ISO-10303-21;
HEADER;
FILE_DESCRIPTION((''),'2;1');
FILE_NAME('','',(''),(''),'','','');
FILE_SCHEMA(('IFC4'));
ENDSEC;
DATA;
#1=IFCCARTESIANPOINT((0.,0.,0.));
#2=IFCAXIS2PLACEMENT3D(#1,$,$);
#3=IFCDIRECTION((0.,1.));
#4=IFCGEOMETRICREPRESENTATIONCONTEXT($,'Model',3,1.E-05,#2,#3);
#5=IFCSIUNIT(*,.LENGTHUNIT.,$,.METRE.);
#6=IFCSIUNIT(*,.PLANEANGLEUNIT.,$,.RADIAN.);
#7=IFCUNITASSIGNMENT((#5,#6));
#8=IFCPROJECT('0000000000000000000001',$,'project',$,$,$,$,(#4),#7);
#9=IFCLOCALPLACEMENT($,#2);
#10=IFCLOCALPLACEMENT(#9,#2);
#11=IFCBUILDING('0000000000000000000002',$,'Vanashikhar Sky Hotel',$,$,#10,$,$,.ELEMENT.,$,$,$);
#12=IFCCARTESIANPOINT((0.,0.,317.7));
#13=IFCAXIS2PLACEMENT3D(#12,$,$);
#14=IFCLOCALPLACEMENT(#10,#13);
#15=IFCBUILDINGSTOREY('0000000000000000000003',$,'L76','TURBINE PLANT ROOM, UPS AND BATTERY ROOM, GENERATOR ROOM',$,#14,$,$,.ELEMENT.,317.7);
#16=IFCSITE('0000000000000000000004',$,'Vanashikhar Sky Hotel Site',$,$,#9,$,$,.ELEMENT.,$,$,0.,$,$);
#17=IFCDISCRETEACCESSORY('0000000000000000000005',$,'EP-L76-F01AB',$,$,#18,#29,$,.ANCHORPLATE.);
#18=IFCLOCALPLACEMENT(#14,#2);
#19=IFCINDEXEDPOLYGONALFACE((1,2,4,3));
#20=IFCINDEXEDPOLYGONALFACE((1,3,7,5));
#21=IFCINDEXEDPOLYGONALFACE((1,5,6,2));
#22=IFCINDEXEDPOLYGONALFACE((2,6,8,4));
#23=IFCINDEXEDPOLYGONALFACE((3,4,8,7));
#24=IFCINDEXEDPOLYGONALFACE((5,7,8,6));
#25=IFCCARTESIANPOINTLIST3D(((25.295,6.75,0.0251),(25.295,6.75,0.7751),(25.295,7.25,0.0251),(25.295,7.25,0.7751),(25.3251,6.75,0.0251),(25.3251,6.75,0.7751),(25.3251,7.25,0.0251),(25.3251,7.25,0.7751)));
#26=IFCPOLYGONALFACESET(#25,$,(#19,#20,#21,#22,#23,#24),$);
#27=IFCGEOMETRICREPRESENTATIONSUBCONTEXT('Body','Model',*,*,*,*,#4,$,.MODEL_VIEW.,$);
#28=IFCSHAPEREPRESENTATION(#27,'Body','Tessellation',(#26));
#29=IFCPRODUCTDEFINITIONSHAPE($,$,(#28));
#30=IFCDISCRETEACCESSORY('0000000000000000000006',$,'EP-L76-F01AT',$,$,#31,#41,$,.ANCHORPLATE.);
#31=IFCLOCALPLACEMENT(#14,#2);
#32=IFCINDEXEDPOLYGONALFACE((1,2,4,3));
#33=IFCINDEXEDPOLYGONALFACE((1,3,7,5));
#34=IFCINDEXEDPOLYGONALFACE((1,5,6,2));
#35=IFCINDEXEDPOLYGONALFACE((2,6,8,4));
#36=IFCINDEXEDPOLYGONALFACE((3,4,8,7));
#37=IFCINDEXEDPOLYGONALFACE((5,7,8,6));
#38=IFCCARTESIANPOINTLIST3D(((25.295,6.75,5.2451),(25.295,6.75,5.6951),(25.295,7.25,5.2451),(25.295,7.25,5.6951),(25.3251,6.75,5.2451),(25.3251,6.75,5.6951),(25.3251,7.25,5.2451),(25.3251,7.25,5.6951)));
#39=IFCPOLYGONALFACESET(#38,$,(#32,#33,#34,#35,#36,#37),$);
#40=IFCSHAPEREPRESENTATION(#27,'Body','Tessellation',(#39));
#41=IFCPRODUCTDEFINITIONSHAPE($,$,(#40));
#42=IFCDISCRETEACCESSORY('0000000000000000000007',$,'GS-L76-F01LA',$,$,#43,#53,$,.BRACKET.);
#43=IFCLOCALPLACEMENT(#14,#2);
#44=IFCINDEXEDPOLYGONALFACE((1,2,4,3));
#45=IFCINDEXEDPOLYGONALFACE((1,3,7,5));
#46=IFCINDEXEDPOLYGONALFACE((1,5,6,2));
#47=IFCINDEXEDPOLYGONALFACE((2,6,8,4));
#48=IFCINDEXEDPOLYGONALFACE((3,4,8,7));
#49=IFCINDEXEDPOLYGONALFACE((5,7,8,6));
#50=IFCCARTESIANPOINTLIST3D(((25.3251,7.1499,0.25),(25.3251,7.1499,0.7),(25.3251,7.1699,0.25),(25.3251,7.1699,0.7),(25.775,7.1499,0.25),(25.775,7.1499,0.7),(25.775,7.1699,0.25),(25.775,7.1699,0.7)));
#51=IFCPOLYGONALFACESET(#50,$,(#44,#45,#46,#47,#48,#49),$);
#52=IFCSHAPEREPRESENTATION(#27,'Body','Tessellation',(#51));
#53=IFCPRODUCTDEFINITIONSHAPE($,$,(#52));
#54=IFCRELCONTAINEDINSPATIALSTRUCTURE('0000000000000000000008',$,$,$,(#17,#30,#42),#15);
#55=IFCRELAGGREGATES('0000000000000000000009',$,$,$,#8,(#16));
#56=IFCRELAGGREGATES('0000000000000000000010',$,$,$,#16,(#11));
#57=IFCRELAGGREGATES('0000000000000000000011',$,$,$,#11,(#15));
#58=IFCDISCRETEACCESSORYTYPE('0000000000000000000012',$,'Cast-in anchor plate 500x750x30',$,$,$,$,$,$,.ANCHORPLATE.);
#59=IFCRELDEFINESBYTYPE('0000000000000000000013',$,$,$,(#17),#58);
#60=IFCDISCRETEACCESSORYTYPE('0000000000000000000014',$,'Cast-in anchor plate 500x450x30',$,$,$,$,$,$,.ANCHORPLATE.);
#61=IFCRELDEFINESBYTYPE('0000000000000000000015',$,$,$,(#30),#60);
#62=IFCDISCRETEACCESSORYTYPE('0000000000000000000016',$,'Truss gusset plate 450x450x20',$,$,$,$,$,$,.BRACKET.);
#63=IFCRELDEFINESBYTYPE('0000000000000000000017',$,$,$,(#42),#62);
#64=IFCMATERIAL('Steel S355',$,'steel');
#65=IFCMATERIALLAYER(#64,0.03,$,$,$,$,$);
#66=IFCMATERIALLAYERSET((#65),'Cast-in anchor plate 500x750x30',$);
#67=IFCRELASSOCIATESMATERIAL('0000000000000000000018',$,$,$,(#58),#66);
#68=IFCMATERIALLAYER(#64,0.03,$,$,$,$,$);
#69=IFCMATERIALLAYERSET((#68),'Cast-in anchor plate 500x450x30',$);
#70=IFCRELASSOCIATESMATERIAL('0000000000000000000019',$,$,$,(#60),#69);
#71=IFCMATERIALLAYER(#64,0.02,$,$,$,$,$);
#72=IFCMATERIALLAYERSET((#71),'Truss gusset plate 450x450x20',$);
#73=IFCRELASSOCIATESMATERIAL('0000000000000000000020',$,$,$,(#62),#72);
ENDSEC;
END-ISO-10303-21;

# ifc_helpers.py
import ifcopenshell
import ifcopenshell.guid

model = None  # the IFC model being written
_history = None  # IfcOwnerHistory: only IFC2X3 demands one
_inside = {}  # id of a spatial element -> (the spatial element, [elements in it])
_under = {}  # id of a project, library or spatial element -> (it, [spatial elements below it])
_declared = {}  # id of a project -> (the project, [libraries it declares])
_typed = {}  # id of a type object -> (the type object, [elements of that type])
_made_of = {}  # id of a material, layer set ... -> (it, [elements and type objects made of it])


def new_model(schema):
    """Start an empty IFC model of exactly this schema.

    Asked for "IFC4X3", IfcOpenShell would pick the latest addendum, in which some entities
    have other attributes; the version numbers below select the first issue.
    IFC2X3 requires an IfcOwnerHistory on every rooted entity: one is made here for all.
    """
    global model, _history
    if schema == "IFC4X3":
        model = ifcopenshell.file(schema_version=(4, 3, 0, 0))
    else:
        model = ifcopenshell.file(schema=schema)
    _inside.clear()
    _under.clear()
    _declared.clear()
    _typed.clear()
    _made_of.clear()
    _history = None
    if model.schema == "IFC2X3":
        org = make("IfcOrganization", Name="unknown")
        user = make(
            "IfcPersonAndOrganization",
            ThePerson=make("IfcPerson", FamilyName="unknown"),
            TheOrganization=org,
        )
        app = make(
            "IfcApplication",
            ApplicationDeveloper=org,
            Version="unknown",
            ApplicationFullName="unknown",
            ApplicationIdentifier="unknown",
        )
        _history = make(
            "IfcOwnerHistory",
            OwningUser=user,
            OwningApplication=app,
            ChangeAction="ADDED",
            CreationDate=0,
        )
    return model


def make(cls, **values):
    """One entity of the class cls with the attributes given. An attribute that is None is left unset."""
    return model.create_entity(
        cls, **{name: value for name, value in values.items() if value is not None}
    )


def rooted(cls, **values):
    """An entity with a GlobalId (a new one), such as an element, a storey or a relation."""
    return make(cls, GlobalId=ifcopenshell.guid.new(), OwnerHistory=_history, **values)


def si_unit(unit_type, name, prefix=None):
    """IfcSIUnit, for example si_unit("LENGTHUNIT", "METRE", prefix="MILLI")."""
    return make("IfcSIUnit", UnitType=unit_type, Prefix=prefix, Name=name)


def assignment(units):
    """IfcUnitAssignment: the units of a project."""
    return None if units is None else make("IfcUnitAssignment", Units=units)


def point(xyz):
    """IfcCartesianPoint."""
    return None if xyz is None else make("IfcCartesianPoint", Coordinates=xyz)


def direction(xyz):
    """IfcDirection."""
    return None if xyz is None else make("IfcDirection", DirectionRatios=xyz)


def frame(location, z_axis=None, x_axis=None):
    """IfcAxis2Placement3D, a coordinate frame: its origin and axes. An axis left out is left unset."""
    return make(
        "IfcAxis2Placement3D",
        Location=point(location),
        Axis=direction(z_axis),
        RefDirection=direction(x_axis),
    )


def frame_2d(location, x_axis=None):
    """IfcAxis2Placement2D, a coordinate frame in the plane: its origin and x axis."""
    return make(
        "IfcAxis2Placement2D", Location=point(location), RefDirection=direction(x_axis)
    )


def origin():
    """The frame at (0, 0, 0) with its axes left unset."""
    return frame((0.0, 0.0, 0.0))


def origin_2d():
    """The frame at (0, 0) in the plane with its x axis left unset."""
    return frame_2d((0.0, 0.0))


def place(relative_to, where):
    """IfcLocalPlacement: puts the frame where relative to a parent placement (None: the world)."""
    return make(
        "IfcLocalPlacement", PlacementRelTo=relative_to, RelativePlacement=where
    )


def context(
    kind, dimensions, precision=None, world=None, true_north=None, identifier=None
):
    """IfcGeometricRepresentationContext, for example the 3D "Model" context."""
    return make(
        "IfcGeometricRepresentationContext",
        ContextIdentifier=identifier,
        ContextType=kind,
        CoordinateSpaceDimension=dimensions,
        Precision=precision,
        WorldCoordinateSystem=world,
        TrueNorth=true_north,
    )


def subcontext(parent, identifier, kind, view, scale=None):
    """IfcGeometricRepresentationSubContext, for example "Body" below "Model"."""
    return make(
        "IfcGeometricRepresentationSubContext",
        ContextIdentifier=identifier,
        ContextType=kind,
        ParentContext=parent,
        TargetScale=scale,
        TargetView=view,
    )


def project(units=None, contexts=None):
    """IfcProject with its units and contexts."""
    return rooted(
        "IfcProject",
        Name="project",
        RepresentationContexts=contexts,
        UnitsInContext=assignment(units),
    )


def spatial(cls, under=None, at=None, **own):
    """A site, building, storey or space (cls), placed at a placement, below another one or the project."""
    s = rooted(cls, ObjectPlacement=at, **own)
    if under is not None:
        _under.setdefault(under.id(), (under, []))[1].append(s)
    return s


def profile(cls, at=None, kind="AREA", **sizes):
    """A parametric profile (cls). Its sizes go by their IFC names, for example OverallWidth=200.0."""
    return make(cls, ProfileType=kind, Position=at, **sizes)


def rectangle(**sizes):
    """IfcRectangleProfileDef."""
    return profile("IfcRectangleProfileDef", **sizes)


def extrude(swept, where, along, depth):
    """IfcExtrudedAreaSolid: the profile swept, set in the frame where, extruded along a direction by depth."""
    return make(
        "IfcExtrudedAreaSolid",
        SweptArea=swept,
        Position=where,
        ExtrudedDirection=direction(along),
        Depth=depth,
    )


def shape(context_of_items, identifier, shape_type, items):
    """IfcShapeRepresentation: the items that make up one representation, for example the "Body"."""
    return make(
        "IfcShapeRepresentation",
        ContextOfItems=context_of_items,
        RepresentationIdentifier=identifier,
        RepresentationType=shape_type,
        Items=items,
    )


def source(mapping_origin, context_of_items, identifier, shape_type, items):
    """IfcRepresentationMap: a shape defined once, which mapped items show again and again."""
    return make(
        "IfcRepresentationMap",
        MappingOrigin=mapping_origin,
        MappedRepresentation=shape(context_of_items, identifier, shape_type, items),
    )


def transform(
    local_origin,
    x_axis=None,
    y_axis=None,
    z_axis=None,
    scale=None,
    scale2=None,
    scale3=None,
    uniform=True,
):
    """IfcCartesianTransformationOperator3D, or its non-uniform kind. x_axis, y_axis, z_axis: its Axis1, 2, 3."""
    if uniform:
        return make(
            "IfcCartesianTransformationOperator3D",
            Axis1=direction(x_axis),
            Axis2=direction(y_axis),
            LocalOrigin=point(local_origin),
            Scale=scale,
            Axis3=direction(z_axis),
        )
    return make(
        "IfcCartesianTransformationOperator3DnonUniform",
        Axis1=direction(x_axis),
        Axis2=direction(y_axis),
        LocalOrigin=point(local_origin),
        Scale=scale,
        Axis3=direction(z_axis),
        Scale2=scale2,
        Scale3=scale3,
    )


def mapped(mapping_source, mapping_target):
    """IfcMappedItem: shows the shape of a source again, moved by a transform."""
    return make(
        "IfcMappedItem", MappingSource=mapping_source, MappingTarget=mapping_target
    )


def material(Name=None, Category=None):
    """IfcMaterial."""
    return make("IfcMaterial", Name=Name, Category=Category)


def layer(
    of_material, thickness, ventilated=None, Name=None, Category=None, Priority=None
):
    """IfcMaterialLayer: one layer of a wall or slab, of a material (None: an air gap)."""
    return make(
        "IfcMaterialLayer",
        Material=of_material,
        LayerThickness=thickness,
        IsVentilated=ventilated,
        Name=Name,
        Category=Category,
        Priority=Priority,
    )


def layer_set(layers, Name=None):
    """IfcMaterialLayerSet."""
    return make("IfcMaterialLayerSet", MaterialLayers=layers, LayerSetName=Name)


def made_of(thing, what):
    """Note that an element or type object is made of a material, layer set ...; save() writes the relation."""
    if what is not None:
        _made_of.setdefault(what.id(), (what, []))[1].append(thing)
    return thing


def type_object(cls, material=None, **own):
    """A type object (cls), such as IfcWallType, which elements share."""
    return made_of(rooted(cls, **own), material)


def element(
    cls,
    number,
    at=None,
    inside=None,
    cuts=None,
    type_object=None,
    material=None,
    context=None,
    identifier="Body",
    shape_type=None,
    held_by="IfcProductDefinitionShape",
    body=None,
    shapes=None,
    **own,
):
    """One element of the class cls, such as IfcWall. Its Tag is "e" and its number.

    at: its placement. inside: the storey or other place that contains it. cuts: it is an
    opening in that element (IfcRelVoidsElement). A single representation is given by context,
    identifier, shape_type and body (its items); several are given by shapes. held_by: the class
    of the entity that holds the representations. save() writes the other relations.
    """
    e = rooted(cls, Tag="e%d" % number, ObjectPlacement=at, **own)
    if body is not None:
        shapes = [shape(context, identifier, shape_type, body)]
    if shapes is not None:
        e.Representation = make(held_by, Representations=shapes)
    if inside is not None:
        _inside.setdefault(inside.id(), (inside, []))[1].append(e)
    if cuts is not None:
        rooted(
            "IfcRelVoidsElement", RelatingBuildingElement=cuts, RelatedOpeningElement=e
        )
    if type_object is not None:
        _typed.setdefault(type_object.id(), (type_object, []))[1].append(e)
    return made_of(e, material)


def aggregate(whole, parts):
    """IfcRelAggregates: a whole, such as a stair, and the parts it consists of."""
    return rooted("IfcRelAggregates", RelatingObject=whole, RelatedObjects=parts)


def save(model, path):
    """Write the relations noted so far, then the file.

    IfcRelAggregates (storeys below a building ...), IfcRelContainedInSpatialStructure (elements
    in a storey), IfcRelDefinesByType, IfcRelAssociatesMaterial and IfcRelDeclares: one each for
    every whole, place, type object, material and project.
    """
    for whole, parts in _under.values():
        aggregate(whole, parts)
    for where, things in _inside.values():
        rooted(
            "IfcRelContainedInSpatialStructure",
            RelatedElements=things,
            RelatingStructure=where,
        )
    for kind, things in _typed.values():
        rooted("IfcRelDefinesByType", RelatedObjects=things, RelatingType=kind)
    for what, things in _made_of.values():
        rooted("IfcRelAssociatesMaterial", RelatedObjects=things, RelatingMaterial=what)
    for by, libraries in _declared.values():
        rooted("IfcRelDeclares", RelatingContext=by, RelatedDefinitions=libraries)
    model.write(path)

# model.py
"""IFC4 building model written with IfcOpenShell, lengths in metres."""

from ifc_helpers import new_model, si_unit, direction, frame, origin, origin_2d, place, context, subcontext, project, spatial, rectangle, extrude, source, transform, mapped, material, layer, layer_set, type_object, element, save


model = new_model("IFC4")

# Units and contexts
model_context = context("Model", 3, precision=1e-05, world=origin(), true_north=direction((0.0, 1.0)))
body_context = subcontext(model_context, "Body", "Model", "MODEL_VIEW")
ifc_project = project(units=[si_unit("LENGTHUNIT", "METRE"), si_unit("PLANEANGLEUNIT", "RADIAN")], contexts=[model_context])

# Site, building, storey
site_placement = place(None, origin())
site = spatial("IfcSite", under=ifc_project, at=site_placement, Name="Vanashikhar Sky Hotel Site", CompositionType="ELEMENT", RefElevation=0.0)
building_placement = place(site_placement, origin())
building = spatial("IfcBuilding", under=site, at=building_placement, Name="Vanashikhar Sky Hotel", CompositionType="ELEMENT")
storey_placement = place(building_placement, frame((0.0, 0.0, 317.7)))
storey = spatial("IfcBuildingStorey", under=building, at=storey_placement, Name="L76", Description="TURBINE PLANT ROOM, UPS AND BATTERY ROOM, GENERATOR ROOM", CompositionType="ELEMENT", Elevation=317.7)

# Shared definitions
ifc_material_1 = material(Name="Steel S355", Category="steel")

# Discrete accessories
ifc_layer_1 = layer(ifc_material_1, 0.03)
ifc_layer_set_1 = layer_set([ifc_layer_1], Name="Cast-in anchor plate 500x750x30")
discrete_accessory_type_1 = type_object("IfcDiscreteAccessoryType", Name="Cast-in anchor plate 500x750x30", PredefinedType="ANCHORPLATE", material=ifc_layer_set_1)
shared_shape_1 = source(origin(), body_context, "Body", "SweptSolid", [
    extrude(rectangle(XDim=0.03, YDim=0.5, at=origin_2d()), origin(), (0.0, 0.0, 1.0), 0.75),
])
discrete_accessory_1_placement = place(storey_placement, frame((25.3101, 7.0, 0.0251), z_axis=(0.0, 0.0, 1.0), x_axis=(1.0, 0.0, 0.0)))
element("IfcDiscreteAccessory", 1, at=discrete_accessory_1_placement, inside=storey, type_object=discrete_accessory_type_1, Name="EP-L76-F01AB", PredefinedType="ANCHORPLATE", context=body_context, shape_type="MappedRepresentation", body=[
    mapped(shared_shape_1, transform((0.0, 0.0, 0.0), scale=1.0)),
])
ifc_layer_2 = layer(ifc_material_1, 0.03)
ifc_layer_set_2 = layer_set([ifc_layer_2], Name="Cast-in anchor plate 500x450x30")
discrete_accessory_type_2 = type_object("IfcDiscreteAccessoryType", Name="Cast-in anchor plate 500x450x30", PredefinedType="ANCHORPLATE", material=ifc_layer_set_2)
shared_shape_2 = source(origin(), body_context, "Body", "SweptSolid", [
    extrude(rectangle(XDim=0.03, YDim=0.5, at=origin_2d()), origin(), (0.0, 0.0, 1.0), 0.45),
])
discrete_accessory_2_placement = place(storey_placement, frame((25.3101, 7.0, 5.2451), z_axis=(0.0, 0.0, 1.0), x_axis=(1.0, 0.0, 0.0)))
element("IfcDiscreteAccessory", 2, at=discrete_accessory_2_placement, inside=storey, type_object=discrete_accessory_type_2, Name="EP-L76-F01AT", PredefinedType="ANCHORPLATE", context=body_context, shape_type="MappedRepresentation", body=[
    mapped(shared_shape_2, transform((0.0, 0.0, 0.0), scale=1.0)),
])
ifc_layer_3 = layer(ifc_material_1, 0.02)
ifc_layer_set_3 = layer_set([ifc_layer_3], Name="Truss gusset plate 450x450x20")
discrete_accessory_type_3 = type_object("IfcDiscreteAccessoryType", Name="Truss gusset plate 450x450x20", PredefinedType="BRACKET", material=ifc_layer_set_3)
shared_shape_3 = source(origin(), body_context, "Body", "SweptSolid", [
    extrude(rectangle(XDim=0.45, YDim=0.02, at=origin_2d()), origin(), (0.0, 0.0, 1.0), 0.45),
])
discrete_accessory_3_placement = place(storey_placement, frame((25.55, 7.1599, 0.25), z_axis=(0.0, 0.0, 1.0), x_axis=(1.0, 0.0, 0.0)))
element("IfcDiscreteAccessory", 3, at=discrete_accessory_3_placement, inside=storey, type_object=discrete_accessory_type_3, Name="GS-L76-F01LA", PredefinedType="BRACKET", context=body_context, shape_type="MappedRepresentation", body=[
    mapped(shared_shape_3, transform((0.0, 0.0, 0.0), scale=1.0)),
])

save(model, "model.ifc")
